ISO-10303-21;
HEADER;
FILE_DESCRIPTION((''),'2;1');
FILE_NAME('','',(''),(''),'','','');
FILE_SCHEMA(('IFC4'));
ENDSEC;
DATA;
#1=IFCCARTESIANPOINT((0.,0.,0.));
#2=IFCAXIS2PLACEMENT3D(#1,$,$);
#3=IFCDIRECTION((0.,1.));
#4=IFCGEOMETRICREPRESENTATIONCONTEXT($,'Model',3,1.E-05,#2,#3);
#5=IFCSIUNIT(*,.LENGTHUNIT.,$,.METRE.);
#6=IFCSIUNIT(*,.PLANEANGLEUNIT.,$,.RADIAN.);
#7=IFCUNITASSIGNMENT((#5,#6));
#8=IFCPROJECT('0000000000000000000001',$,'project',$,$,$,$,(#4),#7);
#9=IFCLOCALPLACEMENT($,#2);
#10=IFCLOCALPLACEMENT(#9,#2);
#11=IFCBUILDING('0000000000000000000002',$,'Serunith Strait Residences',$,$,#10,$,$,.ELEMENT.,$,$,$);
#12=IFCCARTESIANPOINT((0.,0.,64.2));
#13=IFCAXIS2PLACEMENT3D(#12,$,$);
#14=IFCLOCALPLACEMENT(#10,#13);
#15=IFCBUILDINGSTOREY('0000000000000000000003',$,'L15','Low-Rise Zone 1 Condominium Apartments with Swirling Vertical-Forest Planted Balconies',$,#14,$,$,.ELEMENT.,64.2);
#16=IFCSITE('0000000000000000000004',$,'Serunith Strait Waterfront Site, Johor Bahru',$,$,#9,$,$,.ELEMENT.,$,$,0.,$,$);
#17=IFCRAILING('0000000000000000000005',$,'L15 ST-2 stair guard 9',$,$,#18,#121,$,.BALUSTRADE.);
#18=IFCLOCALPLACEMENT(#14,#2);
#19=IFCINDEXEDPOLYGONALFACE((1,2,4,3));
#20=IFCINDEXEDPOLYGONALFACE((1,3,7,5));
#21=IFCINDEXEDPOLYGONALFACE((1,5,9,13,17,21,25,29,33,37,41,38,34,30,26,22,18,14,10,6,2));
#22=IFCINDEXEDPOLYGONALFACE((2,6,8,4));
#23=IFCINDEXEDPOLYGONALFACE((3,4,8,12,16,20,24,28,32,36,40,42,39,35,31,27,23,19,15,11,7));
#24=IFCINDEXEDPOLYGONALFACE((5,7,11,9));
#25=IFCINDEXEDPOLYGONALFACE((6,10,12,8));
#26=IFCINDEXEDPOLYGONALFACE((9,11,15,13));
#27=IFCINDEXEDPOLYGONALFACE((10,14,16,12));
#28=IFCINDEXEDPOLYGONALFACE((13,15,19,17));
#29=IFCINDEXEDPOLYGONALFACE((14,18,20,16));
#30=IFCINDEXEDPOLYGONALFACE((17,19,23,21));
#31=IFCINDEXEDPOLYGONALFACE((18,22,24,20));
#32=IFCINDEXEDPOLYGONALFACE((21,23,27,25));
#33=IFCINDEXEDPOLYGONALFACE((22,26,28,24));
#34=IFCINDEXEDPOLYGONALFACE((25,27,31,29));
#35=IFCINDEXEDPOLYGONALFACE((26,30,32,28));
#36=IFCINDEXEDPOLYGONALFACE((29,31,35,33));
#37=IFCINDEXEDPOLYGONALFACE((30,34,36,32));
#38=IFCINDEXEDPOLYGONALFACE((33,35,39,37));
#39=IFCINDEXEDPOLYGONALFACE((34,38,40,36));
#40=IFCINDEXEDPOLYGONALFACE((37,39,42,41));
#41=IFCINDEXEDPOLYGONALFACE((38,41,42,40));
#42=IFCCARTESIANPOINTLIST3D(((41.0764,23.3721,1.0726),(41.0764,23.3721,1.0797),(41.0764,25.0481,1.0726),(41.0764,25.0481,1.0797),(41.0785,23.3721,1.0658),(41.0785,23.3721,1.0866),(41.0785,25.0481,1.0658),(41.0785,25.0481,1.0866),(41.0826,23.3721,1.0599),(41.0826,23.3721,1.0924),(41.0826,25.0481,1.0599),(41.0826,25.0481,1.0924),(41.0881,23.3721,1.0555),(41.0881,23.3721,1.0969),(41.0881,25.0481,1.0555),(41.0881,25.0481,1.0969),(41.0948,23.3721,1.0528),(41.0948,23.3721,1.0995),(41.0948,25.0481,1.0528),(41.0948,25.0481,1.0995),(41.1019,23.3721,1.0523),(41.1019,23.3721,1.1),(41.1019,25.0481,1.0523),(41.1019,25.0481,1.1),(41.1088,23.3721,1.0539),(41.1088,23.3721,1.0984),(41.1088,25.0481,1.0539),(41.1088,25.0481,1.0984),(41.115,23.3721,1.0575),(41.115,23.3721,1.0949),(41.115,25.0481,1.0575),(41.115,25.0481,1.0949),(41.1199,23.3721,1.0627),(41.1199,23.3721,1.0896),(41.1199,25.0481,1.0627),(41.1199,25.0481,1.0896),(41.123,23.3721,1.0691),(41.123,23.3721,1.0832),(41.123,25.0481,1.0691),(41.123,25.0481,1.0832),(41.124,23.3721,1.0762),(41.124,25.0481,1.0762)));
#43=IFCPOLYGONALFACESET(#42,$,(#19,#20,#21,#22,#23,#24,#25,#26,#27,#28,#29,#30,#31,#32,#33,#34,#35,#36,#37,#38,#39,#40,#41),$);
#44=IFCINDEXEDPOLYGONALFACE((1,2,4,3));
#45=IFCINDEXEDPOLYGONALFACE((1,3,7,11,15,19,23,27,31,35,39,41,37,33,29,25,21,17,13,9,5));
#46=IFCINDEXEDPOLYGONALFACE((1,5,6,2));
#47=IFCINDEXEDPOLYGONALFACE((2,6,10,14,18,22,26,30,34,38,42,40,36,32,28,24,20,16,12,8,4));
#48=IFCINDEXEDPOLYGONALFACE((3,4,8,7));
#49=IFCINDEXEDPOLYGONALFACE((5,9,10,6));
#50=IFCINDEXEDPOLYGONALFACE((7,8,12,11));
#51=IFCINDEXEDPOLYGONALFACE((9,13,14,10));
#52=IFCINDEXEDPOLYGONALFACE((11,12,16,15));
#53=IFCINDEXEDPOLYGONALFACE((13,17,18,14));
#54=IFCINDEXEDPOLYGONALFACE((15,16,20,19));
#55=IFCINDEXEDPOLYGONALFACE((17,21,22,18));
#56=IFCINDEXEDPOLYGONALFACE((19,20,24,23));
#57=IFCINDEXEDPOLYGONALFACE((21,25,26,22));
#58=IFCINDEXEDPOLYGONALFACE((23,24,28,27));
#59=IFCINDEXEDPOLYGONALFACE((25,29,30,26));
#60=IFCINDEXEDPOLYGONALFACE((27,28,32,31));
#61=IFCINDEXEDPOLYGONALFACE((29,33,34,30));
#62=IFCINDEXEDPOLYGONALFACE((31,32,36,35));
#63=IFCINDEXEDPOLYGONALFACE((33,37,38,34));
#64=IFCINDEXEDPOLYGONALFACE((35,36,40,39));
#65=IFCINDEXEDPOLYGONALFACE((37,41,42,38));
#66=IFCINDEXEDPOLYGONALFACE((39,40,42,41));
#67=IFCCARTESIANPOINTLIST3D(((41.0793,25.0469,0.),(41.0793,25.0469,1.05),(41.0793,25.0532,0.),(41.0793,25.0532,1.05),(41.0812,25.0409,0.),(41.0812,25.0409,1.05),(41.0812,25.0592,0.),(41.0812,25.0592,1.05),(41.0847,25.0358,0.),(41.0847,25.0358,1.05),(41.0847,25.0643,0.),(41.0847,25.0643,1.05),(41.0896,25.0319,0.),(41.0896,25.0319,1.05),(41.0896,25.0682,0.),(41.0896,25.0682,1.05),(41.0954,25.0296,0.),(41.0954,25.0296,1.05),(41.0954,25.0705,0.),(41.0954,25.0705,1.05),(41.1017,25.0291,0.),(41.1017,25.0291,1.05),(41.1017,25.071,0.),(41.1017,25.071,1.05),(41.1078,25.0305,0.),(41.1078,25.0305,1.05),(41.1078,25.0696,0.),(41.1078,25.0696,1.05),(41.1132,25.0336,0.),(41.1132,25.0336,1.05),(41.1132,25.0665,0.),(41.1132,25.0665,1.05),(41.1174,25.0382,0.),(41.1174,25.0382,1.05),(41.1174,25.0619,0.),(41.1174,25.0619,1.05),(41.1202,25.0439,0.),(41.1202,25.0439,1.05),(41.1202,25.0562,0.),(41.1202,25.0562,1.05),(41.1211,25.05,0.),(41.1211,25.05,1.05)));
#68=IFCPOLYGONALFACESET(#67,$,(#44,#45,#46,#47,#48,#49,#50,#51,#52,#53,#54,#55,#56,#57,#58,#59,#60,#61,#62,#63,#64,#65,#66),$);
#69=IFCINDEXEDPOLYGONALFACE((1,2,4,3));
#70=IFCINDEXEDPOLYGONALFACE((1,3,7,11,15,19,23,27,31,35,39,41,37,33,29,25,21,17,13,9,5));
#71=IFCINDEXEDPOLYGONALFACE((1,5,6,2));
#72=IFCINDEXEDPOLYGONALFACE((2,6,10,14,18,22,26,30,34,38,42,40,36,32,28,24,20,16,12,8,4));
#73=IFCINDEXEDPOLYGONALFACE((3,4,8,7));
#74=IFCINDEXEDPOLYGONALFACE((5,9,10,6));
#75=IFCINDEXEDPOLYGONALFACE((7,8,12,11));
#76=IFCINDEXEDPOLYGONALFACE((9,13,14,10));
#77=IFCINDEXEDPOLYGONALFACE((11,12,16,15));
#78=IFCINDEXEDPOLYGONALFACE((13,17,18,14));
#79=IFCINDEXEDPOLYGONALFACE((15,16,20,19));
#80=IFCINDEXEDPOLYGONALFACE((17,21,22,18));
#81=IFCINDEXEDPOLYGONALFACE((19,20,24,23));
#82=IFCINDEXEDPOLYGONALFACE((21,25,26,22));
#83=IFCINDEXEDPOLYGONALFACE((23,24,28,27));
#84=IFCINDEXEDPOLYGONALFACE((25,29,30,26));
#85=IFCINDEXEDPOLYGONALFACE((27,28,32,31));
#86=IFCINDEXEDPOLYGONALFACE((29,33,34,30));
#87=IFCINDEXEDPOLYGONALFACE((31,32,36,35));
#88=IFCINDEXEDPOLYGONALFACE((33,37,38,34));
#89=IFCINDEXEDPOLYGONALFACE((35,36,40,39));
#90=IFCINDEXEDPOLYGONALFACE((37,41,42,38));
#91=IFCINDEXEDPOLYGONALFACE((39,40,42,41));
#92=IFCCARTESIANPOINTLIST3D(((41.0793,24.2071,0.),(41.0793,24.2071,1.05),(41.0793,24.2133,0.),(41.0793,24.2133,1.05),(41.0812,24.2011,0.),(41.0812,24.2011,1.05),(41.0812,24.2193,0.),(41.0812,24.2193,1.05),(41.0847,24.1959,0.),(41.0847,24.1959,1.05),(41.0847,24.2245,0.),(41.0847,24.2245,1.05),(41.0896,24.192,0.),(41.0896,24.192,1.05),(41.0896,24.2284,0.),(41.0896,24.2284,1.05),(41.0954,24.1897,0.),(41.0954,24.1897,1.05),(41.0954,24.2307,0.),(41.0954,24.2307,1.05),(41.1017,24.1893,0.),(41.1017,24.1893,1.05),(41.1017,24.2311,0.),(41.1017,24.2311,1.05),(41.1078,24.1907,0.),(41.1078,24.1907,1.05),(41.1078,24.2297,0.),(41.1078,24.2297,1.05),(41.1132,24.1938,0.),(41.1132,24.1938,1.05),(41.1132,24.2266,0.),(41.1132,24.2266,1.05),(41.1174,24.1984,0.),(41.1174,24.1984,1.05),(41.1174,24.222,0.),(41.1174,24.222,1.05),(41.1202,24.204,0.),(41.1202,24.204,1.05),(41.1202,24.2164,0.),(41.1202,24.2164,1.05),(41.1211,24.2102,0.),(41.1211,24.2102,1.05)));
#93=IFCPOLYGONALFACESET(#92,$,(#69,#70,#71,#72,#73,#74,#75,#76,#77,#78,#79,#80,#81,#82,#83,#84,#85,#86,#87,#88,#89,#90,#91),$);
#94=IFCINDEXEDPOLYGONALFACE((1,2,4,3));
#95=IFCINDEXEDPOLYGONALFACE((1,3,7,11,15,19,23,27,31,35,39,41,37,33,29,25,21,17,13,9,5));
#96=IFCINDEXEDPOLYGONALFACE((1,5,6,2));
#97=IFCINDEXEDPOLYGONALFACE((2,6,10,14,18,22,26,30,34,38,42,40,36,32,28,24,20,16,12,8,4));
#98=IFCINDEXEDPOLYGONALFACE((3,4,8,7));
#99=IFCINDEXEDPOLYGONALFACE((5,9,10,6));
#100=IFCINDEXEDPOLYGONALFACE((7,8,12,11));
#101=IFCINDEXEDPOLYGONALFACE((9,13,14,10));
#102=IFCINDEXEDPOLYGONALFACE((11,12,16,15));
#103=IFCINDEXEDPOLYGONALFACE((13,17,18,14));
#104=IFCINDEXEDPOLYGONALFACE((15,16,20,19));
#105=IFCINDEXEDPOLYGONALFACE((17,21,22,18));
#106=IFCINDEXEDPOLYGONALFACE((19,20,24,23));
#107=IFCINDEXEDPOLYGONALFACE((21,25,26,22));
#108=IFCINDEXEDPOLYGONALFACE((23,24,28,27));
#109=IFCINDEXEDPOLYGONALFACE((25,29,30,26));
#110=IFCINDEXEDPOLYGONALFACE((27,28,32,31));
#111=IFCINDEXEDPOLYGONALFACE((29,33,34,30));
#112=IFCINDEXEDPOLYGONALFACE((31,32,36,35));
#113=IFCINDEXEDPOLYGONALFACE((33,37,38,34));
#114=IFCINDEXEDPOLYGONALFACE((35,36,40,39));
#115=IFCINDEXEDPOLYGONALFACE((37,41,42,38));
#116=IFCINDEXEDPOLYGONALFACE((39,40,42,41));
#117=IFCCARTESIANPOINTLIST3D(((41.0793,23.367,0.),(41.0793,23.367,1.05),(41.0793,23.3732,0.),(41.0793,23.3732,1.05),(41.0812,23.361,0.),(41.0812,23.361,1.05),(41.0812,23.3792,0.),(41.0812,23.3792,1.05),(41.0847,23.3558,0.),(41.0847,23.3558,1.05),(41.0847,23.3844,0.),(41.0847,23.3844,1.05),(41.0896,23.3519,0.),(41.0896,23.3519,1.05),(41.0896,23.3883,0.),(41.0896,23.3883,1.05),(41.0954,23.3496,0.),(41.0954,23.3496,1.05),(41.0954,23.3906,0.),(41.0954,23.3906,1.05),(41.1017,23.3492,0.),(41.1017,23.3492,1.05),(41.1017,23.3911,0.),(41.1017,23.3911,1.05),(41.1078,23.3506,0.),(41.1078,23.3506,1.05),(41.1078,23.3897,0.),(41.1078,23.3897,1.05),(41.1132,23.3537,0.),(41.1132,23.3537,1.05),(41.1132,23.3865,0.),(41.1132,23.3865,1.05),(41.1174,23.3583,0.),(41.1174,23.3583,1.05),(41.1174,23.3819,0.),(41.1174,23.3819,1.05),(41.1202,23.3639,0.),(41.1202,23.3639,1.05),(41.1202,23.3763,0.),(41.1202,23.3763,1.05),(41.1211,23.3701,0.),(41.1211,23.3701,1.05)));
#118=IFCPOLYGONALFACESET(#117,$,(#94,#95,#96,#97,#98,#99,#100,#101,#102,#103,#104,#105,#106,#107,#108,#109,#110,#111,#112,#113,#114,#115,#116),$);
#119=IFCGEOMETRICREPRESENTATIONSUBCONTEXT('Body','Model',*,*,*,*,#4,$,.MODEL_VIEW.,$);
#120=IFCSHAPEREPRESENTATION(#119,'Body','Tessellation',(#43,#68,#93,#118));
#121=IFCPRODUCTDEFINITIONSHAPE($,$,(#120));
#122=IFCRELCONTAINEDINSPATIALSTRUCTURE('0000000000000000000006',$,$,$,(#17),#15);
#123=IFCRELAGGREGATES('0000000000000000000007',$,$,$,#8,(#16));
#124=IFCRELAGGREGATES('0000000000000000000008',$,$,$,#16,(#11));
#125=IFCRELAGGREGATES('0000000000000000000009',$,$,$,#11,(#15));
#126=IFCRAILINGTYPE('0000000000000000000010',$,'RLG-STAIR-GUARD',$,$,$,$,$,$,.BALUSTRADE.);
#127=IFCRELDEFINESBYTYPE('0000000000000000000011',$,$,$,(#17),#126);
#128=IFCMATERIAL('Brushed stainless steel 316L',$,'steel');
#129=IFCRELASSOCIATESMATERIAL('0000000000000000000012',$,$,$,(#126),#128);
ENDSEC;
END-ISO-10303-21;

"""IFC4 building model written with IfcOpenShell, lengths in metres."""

from ifc_helpers import new_model, si_unit, direction, frame, origin, origin_2d, place, context, subcontext, project, spatial, circle, extrude, material, type_object, element, save


model = new_model("IFC4")

# Units and contexts
model_context = context("Model", 3, precision=1e-05, world=origin(), true_north=direction((0.0, 1.0)))
body_context = subcontext(model_context, "Body", "Model", "MODEL_VIEW")
ifc_project = project(units=[si_unit("LENGTHUNIT", "METRE"), si_unit("PLANEANGLEUNIT", "RADIAN")], contexts=[model_context])

# Site, building, storey
site_placement = place(None, origin())
site = spatial("IfcSite", under=ifc_project, at=site_placement, Name="Serunith Strait Waterfront Site, Johor Bahru", CompositionType="ELEMENT", RefElevation=0.0)
building_placement = place(site_placement, origin())
building = spatial("IfcBuilding", under=site, at=building_placement, Name="Serunith Strait Residences", CompositionType="ELEMENT")
storey_placement = place(building_placement, frame((0.0, 0.0, 64.2)))
storey = spatial("IfcBuildingStorey", under=building, at=storey_placement, Name="L15", Description="Low-Rise Zone 1 Condominium Apartments with Swirling Vertical-Forest Planted Balconies", CompositionType="ELEMENT", Elevation=64.2)

# Railing
ifc_material_1 = material(Name="Brushed stainless steel 316L", Category="steel")
railing_type = type_object("IfcRailingType", Name="RLG-STAIR-GUARD", PredefinedType="BALUSTRADE", material=ifc_material_1)
for number, where, name in (
    (1, (41.1001, 25.05, 0.0), "L15 ST-2 stair guard 9"),
):
    element("IfcRailing", number, at=place(storey_placement, frame(where)), inside=storey, type_object=railing_type, Name=name, PredefinedType="BALUSTRADE", context=body_context, shape_type="SweptSolid", body=[
        extrude(circle(Radius=0.0239, at=origin_2d()), frame((0.0, -0.002, 1.0762), z_axis=(0.0, -1.0, 0.0), x_axis=(1.0, 0.0, 0.0)), (0.0, 0.0, 1.0), 1.676),
        extrude(circle(Radius=0.021, at=origin_2d()), origin(), (0.0, 0.0, 1.0), 1.05),
        extrude(circle(Radius=0.021, at=origin_2d()), frame((0.0, -0.8398, 0.0)), (0.0, 0.0, 1.0), 1.05),
        extrude(circle(Radius=0.021, at=origin_2d()), frame((0.0, -1.6799, 0.0)), (0.0, 0.0, 1.0), 1.05),
    ])

save(model, "model.ifc")
